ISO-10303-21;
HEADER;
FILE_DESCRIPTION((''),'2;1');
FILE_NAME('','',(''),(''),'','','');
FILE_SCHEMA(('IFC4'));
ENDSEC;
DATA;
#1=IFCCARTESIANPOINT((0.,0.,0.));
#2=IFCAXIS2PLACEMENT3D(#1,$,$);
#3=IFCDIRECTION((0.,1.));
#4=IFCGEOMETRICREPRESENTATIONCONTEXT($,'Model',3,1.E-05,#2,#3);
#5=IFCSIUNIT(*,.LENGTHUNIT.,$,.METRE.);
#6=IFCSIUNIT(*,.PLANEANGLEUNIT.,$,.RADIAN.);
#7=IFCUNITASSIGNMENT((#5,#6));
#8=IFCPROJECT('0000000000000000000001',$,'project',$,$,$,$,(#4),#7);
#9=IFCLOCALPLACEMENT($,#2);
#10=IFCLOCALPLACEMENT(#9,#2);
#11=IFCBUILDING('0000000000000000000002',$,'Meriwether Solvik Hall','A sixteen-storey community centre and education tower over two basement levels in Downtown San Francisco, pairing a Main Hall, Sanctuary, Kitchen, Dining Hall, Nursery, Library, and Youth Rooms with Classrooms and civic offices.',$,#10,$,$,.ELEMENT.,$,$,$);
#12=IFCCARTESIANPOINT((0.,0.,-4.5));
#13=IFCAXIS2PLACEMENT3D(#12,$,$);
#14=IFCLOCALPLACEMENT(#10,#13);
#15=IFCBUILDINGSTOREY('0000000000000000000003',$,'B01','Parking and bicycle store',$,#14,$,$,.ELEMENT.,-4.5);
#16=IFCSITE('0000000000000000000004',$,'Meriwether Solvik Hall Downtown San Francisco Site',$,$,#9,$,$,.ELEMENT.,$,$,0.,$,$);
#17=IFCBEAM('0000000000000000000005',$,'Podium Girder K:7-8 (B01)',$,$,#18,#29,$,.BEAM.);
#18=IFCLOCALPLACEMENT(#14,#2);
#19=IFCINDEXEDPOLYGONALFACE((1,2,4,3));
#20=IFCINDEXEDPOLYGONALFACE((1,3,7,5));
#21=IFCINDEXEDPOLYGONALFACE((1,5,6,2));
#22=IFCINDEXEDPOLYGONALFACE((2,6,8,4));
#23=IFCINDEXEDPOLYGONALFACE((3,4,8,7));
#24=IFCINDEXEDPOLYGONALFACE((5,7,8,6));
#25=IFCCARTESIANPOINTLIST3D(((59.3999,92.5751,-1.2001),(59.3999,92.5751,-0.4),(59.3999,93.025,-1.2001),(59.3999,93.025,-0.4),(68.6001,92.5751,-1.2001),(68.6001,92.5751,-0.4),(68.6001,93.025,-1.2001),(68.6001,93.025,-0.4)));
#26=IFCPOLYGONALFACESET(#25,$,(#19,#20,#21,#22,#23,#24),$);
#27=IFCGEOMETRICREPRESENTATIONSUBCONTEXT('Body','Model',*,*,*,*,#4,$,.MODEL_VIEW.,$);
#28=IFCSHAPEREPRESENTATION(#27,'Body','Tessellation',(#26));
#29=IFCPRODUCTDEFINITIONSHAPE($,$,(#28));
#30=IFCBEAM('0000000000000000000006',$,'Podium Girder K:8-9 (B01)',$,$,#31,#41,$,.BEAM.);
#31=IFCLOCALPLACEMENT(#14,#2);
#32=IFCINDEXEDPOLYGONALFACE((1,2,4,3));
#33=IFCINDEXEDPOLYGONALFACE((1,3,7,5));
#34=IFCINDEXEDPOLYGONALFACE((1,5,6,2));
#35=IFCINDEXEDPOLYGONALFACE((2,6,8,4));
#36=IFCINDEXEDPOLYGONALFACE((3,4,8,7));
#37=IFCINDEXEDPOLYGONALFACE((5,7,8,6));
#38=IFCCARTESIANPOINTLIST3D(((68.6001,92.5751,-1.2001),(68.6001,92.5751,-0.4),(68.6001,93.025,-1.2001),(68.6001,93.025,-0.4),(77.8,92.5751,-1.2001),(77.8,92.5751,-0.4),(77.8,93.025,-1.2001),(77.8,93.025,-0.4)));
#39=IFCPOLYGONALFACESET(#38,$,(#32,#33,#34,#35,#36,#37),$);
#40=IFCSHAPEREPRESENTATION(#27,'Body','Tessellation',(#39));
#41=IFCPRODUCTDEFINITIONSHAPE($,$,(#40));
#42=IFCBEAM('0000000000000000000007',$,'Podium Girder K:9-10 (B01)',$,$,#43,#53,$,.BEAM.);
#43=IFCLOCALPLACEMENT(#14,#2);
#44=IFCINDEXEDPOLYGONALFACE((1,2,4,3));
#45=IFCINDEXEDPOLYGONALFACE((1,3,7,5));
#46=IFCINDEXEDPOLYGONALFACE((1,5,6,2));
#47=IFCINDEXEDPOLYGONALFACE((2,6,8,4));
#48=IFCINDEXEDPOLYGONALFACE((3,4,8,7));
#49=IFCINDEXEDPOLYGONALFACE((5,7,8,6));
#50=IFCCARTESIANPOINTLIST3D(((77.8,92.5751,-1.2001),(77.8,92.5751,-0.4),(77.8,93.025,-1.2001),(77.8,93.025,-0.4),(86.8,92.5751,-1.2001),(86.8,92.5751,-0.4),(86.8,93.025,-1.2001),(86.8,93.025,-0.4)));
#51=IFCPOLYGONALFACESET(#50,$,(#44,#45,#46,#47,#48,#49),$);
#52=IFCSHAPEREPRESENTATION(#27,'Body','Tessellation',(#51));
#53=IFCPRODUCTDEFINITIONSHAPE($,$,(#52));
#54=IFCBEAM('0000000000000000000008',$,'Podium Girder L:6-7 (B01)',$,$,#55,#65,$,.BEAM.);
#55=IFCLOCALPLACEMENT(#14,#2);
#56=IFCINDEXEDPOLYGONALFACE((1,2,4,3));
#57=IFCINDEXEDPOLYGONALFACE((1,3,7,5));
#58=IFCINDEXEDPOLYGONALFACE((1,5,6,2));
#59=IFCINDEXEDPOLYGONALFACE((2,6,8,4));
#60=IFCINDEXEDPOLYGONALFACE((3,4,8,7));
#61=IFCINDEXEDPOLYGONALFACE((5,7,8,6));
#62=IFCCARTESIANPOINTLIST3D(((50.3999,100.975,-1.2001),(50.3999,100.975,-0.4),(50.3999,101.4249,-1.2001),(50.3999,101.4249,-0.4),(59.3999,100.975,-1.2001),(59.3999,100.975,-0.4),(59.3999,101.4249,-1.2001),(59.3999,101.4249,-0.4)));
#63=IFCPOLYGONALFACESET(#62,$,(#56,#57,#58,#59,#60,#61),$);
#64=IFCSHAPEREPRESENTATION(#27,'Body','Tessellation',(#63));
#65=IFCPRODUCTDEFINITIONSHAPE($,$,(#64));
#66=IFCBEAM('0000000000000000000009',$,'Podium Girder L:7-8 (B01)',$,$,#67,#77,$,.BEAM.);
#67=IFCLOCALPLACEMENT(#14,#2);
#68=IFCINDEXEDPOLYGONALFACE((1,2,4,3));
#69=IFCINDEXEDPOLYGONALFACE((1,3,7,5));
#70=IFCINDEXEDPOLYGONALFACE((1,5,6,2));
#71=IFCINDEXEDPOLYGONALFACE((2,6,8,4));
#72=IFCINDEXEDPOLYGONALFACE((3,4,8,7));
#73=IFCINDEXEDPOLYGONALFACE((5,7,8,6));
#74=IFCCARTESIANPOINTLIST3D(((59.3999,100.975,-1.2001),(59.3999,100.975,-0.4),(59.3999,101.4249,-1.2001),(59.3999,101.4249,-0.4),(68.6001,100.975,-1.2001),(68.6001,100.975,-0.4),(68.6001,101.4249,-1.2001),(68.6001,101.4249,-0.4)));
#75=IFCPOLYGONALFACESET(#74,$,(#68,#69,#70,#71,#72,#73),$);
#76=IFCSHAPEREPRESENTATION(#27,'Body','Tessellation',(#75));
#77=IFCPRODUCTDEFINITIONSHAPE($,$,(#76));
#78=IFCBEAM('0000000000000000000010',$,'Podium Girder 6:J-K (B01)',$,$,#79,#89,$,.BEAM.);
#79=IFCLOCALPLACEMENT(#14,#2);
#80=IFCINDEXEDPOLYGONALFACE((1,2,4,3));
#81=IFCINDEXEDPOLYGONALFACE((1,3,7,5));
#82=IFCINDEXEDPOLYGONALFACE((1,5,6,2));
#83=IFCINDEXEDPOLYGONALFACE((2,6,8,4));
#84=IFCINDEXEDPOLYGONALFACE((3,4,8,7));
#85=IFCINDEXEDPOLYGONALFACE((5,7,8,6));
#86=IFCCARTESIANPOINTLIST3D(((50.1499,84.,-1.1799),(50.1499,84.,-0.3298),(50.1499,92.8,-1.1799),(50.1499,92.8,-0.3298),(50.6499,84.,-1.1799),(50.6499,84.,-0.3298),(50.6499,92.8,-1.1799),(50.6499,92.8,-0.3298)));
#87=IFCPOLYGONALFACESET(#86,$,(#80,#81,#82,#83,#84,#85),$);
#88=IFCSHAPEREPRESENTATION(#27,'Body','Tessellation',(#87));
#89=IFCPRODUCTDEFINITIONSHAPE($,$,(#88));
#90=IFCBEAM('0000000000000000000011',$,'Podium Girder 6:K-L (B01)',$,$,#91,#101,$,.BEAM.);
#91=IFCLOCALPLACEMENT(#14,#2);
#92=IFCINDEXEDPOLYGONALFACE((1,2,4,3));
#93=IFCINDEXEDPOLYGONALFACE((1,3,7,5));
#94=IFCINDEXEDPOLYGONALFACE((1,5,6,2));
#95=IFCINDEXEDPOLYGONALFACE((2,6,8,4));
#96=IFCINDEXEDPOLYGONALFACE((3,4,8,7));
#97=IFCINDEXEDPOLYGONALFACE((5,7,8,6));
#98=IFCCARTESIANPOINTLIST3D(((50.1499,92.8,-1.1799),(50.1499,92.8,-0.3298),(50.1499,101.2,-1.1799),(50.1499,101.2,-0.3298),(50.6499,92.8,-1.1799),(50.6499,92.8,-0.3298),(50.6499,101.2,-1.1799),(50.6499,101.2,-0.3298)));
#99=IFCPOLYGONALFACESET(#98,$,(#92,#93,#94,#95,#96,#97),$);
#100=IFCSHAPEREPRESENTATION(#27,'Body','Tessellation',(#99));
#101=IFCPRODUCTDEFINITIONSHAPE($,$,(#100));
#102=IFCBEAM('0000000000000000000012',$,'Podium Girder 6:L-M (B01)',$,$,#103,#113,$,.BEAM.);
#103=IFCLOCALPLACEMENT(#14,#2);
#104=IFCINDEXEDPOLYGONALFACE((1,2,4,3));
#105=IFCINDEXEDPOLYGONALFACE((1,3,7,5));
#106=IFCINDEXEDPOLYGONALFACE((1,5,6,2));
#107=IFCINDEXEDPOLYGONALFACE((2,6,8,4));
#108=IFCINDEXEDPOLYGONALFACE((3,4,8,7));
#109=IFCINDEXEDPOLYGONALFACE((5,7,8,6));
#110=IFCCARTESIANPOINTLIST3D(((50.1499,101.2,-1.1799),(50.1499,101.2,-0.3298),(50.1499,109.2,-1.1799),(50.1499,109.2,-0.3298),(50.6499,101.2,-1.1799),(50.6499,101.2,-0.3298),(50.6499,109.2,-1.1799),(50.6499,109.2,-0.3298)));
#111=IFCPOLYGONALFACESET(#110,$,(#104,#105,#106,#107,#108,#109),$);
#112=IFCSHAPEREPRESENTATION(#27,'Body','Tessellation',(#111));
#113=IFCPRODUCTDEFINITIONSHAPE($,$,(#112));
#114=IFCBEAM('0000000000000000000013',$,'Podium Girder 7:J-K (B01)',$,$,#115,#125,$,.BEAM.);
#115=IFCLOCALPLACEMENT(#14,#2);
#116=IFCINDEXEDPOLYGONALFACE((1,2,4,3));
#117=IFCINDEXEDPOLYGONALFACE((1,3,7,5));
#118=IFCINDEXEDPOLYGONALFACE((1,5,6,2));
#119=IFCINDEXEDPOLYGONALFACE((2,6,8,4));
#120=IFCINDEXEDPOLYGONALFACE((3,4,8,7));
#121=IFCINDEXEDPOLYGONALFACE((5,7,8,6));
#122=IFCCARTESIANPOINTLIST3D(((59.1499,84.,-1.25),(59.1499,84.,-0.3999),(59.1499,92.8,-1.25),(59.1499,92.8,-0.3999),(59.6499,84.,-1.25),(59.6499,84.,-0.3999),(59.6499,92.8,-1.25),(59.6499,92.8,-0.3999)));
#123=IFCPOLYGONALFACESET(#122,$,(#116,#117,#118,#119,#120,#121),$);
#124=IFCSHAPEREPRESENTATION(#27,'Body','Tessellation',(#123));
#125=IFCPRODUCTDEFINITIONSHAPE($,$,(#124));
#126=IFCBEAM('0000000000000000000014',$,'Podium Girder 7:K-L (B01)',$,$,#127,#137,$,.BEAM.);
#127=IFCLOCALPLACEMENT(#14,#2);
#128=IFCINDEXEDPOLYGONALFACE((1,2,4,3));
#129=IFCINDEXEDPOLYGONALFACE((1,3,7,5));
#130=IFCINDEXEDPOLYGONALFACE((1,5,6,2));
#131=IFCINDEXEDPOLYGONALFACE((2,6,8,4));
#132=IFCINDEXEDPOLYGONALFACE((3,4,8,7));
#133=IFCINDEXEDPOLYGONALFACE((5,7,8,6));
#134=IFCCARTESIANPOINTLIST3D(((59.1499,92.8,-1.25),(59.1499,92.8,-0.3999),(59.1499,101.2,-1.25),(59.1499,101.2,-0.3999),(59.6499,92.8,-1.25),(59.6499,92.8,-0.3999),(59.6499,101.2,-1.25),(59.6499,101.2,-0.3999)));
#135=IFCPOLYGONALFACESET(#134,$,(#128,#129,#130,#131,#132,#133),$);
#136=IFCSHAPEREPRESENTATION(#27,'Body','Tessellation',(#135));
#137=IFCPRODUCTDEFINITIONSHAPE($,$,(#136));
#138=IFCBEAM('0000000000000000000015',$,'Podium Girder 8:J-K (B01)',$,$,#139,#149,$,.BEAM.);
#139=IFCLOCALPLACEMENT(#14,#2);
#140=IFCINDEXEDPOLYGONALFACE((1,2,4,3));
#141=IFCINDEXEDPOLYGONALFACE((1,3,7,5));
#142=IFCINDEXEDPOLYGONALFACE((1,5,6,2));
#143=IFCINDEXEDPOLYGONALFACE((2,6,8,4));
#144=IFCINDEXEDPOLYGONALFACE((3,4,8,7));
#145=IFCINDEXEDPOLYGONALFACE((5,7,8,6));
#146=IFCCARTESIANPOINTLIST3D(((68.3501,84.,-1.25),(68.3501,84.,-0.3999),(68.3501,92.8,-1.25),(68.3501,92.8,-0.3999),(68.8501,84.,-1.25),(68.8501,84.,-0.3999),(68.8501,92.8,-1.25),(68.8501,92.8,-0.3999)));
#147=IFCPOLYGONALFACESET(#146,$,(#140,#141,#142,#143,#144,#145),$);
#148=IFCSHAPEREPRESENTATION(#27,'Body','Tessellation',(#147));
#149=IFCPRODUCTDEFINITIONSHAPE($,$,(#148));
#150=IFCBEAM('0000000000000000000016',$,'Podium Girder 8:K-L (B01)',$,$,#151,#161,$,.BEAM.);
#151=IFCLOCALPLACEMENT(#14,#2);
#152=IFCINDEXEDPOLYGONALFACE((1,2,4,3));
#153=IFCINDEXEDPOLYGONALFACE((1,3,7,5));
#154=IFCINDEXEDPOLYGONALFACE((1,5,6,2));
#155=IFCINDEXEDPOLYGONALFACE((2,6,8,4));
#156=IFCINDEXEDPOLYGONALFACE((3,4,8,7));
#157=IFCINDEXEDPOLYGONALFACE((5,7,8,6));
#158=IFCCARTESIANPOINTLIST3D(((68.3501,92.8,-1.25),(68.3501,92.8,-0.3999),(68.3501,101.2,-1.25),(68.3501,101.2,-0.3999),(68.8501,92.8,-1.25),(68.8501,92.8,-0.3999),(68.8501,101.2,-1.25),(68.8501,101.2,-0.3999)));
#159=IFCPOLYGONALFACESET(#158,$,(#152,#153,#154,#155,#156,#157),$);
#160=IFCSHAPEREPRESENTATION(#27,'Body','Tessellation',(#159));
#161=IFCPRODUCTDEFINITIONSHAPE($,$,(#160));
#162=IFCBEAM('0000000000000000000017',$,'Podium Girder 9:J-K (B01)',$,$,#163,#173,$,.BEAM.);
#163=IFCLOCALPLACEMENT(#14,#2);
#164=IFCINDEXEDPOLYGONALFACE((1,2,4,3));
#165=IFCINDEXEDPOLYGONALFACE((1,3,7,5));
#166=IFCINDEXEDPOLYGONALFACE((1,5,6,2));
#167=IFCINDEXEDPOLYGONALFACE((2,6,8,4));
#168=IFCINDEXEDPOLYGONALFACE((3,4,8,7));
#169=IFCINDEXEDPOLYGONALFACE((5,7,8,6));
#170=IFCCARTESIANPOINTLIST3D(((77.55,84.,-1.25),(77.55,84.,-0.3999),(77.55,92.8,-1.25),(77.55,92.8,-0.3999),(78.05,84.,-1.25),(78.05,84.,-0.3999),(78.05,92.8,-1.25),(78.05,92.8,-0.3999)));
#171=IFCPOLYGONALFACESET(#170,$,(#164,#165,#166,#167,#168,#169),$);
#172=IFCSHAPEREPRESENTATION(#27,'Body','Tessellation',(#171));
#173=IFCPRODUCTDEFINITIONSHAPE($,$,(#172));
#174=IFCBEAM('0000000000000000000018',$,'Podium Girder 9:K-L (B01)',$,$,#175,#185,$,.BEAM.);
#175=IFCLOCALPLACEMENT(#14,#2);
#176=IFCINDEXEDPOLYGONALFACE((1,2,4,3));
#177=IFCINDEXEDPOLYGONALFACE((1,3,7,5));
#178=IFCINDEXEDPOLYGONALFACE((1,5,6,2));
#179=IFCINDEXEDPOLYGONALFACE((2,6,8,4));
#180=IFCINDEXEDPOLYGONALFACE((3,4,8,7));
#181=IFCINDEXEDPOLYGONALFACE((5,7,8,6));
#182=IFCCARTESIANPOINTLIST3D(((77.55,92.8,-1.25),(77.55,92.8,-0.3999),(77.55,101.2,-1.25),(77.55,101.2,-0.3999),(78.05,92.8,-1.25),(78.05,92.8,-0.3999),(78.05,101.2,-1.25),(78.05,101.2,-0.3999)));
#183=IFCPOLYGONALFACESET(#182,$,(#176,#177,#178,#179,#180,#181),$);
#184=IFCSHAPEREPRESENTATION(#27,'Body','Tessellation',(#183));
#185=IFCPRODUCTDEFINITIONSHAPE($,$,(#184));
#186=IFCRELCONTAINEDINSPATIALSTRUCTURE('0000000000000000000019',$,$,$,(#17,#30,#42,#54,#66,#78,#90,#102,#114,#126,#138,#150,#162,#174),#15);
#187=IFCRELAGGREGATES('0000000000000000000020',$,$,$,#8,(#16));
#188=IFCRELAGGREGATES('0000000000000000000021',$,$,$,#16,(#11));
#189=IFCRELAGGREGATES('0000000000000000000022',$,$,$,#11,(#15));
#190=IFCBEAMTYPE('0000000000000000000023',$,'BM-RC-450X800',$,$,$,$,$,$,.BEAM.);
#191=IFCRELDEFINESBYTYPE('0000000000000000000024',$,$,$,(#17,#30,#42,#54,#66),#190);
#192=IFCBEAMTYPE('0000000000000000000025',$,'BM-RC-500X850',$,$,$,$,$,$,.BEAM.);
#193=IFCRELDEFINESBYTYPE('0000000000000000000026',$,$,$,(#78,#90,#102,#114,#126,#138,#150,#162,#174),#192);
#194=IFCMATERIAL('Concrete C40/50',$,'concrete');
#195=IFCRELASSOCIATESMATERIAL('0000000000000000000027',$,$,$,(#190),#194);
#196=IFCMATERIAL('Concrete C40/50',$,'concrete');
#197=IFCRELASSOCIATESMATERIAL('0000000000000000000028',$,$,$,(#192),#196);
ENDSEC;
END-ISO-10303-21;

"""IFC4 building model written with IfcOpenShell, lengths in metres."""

from ifc_helpers import new_model, si_unit, direction, frame, origin, origin_2d, place, context, subcontext, project, spatial, rectangle, extrude, material, material_profile, profile_set, type_object, element, save


model = new_model("IFC4")

# Units and contexts
model_context = context("Model", 3, precision=1e-05, world=origin(), true_north=direction((0.0, 1.0)))
body_context = subcontext(model_context, "Body", "Model", "MODEL_VIEW")
ifc_project = project(units=[si_unit("LENGTHUNIT", "METRE"), si_unit("PLANEANGLEUNIT", "RADIAN")], contexts=[model_context])

# Site, building, storey
site_placement = place(None, origin())
site = spatial("IfcSite", under=ifc_project, at=site_placement, Name="Meriwether Solvik Hall Downtown San Francisco Site", CompositionType="ELEMENT", RefElevation=0.0)
building_placement = place(site_placement, origin())
building = spatial("IfcBuilding", under=site, at=building_placement, Name="Meriwether Solvik Hall", Description="A sixteen-storey community centre and education tower over two basement levels in Downtown San Francisco, pairing a Main Hall, Sanctuary, Kitchen, Dining Hall, Nursery, Library, and Youth Rooms with Classrooms and civic offices.", CompositionType="ELEMENT")
storey_placement = place(building_placement, frame((0.0, 0.0, -4.5)))
storey = spatial("IfcBuildingStorey", under=building, at=storey_placement, Name="B01", Description="Parking and bicycle store", CompositionType="ELEMENT", Elevation=-4.5)

# Beams
ifc_material_1 = material(Name="Concrete C40/50", Category="concrete")
ifc_material_profile_1 = material_profile(ifc_material_1, rectangle(XDim=0.45, YDim=0.8, at=origin_2d()), Name="RCB-450X800")
ifc_profile_set_1 = profile_set([ifc_material_profile_1], Name="Concrete C40/50")
beam_type_1 = type_object("IfcBeamType", Name="BM-RC-450X800", PredefinedType="BEAM", material=ifc_profile_set_1)
beam_1_placement = place(storey_placement, frame((59.3999, 92.8, -0.8), z_axis=(1.0, 0.0, 0.0), x_axis=(0.0, 1.0, 0.0)))
element("IfcBeam", 1, at=beam_1_placement, inside=storey, type_object=beam_type_1, Name="Podium Girder K:7-8 (B01)", PredefinedType="BEAM", context=body_context, shape_type="SweptSolid", body=[
    extrude(rectangle(XDim=0.45, YDim=0.8, at=origin_2d()), origin(), (0.0, 0.0, 1.0), 9.2002),
])
beam_2_placement = place(storey_placement, frame((68.6001, 92.8, -0.8), z_axis=(1.0, 0.0, 0.0), x_axis=(0.0, 1.0, 0.0)))
element("IfcBeam", 2, at=beam_2_placement, inside=storey, type_object=beam_type_1, Name="Podium Girder K:8-9 (B01)", PredefinedType="BEAM", context=body_context, shape_type="SweptSolid", body=[
    extrude(rectangle(XDim=0.45, YDim=0.8, at=origin_2d()), origin(), (0.0, 0.0, 1.0), 9.2),
])
for number, where, z_axis, x_axis, name in (
    (3, (77.8, 92.8, -0.8), (1.0, 0.0, 0.0), (0.0, 1.0, 0.0), "Podium Girder K:9-10 (B01)"),
    (4, (50.3999, 101.2, -0.8), (1.0, 0.0, 0.0), (0.0, 1.0, 0.0), "Podium Girder L:6-7 (B01)"),
):
    element("IfcBeam", number, at=place(storey_placement, frame(where, z_axis=z_axis, x_axis=x_axis)), inside=storey, type_object=beam_type_1, Name=name, PredefinedType="BEAM", context=body_context, shape_type="SweptSolid", body=[
        extrude(rectangle(XDim=0.45, YDim=0.8, at=origin_2d()), origin(), (0.0, 0.0, 1.0), 9.0),
    ])
beam_3_placement = place(storey_placement, frame((59.3999, 101.2, -0.8), z_axis=(1.0, 0.0, 0.0), x_axis=(0.0, 1.0, 0.0)))
element("IfcBeam", 5, at=beam_3_placement, inside=storey, type_object=beam_type_1, Name="Podium Girder L:7-8 (B01)", PredefinedType="BEAM", context=body_context, shape_type="SweptSolid", body=[
    extrude(rectangle(XDim=0.45, YDim=0.8, at=origin_2d()), origin(), (0.0, 0.0, 1.0), 9.2002),
])
ifc_material_2 = material(Name="Concrete C40/50", Category="concrete")
ifc_material_profile_2 = material_profile(ifc_material_2, rectangle(XDim=0.5, YDim=0.8501, at=origin_2d()), Name="RCB-500X850")
ifc_profile_set_2 = profile_set([ifc_material_profile_2], Name="Concrete C40/50")
beam_type_2 = type_object("IfcBeamType", Name="BM-RC-500X850", PredefinedType="BEAM", material=ifc_profile_set_2)
beam_4_placement = place(storey_placement, frame((50.3999, 84.0, -0.7549), z_axis=(0.0, 1.0, 0.0), x_axis=(-1.0, 0.0, 0.0)))
element("IfcBeam", 6, at=beam_4_placement, inside=storey, type_object=beam_type_2, Name="Podium Girder 6:J-K (B01)", PredefinedType="BEAM", context=body_context, shape_type="SweptSolid", body=[
    extrude(rectangle(XDim=0.5, YDim=0.8501, at=origin_2d()), origin(), (0.0, 0.0, 1.0), 8.8),
])
beam_5_placement = place(storey_placement, frame((50.3999, 92.8, -0.7549), z_axis=(0.0, 1.0, 0.0), x_axis=(-1.0, 0.0, 0.0)))
element("IfcBeam", 7, at=beam_5_placement, inside=storey, type_object=beam_type_2, Name="Podium Girder 6:K-L (B01)", PredefinedType="BEAM", context=body_context, shape_type="SweptSolid", body=[
    extrude(rectangle(XDim=0.5, YDim=0.8501, at=origin_2d()), origin(), (0.0, 0.0, 1.0), 8.3999),
])
beam_6_placement = place(storey_placement, frame((50.3999, 101.2, -0.7549), z_axis=(0.0, 1.0, 0.0), x_axis=(-1.0, 0.0, 0.0)))
element("IfcBeam", 8, at=beam_6_placement, inside=storey, type_object=beam_type_2, Name="Podium Girder 6:L-M (B01)", PredefinedType="BEAM", context=body_context, shape_type="SweptSolid", body=[
    extrude(rectangle(XDim=0.5, YDim=0.8501, at=origin_2d()), origin(), (0.0, 0.0, 1.0), 8.0),
])
beam_7_placement = place(storey_placement, frame((59.3999, 84.0, -0.825), z_axis=(0.0, 1.0, 0.0), x_axis=(-1.0, 0.0, 0.0)))
element("IfcBeam", 9, at=beam_7_placement, inside=storey, type_object=beam_type_2, Name="Podium Girder 7:J-K (B01)", PredefinedType="BEAM", context=body_context, shape_type="SweptSolid", body=[
    extrude(rectangle(XDim=0.5, YDim=0.8501, at=origin_2d()), origin(), (0.0, 0.0, 1.0), 8.8),
])
beam_8_placement = place(storey_placement, frame((59.3999, 92.8, -0.825), z_axis=(0.0, 1.0, 0.0), x_axis=(-1.0, 0.0, 0.0)))
element("IfcBeam", 10, at=beam_8_placement, inside=storey, type_object=beam_type_2, Name="Podium Girder 7:K-L (B01)", PredefinedType="BEAM", context=body_context, shape_type="SweptSolid", body=[
    extrude(rectangle(XDim=0.5, YDim=0.8501, at=origin_2d()), origin(), (0.0, 0.0, 1.0), 8.3999),
])
beam_9_placement = place(storey_placement, frame((68.6001, 84.0, -0.825), z_axis=(0.0, 1.0, 0.0), x_axis=(-1.0, 0.0, 0.0)))
element("IfcBeam", 11, at=beam_9_placement, inside=storey, type_object=beam_type_2, Name="Podium Girder 8:J-K (B01)", PredefinedType="BEAM", context=body_context, shape_type="SweptSolid", body=[
    extrude(rectangle(XDim=0.5, YDim=0.8501, at=origin_2d()), origin(), (0.0, 0.0, 1.0), 8.8),
])
beam_10_placement = place(storey_placement, frame((68.6001, 92.8, -0.825), z_axis=(0.0, 1.0, 0.0), x_axis=(-1.0, 0.0, 0.0)))
element("IfcBeam", 12, at=beam_10_placement, inside=storey, type_object=beam_type_2, Name="Podium Girder 8:K-L (B01)", PredefinedType="BEAM", context=body_context, shape_type="SweptSolid", body=[
    extrude(rectangle(XDim=0.5, YDim=0.8501, at=origin_2d()), origin(), (0.0, 0.0, 1.0), 8.3999),
])
beam_11_placement = place(storey_placement, frame((77.8, 84.0, -0.825), z_axis=(0.0, 1.0, 0.0), x_axis=(-1.0, 0.0, 0.0)))
element("IfcBeam", 13, at=beam_11_placement, inside=storey, type_object=beam_type_2, Name="Podium Girder 9:J-K (B01)", PredefinedType="BEAM", context=body_context, shape_type="SweptSolid", body=[
    extrude(rectangle(XDim=0.5, YDim=0.8501, at=origin_2d()), origin(), (0.0, 0.0, 1.0), 8.8),
])
beam_12_placement = place(storey_placement, frame((77.8, 92.8, -0.825), z_axis=(0.0, 1.0, 0.0), x_axis=(-1.0, 0.0, 0.0)))
element("IfcBeam", 14, at=beam_12_placement, inside=storey, type_object=beam_type_2, Name="Podium Girder 9:K-L (B01)", PredefinedType="BEAM", context=body_context, shape_type="SweptSolid", body=[
    extrude(rectangle(XDim=0.5, YDim=0.8501, at=origin_2d()), origin(), (0.0, 0.0, 1.0), 8.3999),
])

save(model, "model.ifc")
